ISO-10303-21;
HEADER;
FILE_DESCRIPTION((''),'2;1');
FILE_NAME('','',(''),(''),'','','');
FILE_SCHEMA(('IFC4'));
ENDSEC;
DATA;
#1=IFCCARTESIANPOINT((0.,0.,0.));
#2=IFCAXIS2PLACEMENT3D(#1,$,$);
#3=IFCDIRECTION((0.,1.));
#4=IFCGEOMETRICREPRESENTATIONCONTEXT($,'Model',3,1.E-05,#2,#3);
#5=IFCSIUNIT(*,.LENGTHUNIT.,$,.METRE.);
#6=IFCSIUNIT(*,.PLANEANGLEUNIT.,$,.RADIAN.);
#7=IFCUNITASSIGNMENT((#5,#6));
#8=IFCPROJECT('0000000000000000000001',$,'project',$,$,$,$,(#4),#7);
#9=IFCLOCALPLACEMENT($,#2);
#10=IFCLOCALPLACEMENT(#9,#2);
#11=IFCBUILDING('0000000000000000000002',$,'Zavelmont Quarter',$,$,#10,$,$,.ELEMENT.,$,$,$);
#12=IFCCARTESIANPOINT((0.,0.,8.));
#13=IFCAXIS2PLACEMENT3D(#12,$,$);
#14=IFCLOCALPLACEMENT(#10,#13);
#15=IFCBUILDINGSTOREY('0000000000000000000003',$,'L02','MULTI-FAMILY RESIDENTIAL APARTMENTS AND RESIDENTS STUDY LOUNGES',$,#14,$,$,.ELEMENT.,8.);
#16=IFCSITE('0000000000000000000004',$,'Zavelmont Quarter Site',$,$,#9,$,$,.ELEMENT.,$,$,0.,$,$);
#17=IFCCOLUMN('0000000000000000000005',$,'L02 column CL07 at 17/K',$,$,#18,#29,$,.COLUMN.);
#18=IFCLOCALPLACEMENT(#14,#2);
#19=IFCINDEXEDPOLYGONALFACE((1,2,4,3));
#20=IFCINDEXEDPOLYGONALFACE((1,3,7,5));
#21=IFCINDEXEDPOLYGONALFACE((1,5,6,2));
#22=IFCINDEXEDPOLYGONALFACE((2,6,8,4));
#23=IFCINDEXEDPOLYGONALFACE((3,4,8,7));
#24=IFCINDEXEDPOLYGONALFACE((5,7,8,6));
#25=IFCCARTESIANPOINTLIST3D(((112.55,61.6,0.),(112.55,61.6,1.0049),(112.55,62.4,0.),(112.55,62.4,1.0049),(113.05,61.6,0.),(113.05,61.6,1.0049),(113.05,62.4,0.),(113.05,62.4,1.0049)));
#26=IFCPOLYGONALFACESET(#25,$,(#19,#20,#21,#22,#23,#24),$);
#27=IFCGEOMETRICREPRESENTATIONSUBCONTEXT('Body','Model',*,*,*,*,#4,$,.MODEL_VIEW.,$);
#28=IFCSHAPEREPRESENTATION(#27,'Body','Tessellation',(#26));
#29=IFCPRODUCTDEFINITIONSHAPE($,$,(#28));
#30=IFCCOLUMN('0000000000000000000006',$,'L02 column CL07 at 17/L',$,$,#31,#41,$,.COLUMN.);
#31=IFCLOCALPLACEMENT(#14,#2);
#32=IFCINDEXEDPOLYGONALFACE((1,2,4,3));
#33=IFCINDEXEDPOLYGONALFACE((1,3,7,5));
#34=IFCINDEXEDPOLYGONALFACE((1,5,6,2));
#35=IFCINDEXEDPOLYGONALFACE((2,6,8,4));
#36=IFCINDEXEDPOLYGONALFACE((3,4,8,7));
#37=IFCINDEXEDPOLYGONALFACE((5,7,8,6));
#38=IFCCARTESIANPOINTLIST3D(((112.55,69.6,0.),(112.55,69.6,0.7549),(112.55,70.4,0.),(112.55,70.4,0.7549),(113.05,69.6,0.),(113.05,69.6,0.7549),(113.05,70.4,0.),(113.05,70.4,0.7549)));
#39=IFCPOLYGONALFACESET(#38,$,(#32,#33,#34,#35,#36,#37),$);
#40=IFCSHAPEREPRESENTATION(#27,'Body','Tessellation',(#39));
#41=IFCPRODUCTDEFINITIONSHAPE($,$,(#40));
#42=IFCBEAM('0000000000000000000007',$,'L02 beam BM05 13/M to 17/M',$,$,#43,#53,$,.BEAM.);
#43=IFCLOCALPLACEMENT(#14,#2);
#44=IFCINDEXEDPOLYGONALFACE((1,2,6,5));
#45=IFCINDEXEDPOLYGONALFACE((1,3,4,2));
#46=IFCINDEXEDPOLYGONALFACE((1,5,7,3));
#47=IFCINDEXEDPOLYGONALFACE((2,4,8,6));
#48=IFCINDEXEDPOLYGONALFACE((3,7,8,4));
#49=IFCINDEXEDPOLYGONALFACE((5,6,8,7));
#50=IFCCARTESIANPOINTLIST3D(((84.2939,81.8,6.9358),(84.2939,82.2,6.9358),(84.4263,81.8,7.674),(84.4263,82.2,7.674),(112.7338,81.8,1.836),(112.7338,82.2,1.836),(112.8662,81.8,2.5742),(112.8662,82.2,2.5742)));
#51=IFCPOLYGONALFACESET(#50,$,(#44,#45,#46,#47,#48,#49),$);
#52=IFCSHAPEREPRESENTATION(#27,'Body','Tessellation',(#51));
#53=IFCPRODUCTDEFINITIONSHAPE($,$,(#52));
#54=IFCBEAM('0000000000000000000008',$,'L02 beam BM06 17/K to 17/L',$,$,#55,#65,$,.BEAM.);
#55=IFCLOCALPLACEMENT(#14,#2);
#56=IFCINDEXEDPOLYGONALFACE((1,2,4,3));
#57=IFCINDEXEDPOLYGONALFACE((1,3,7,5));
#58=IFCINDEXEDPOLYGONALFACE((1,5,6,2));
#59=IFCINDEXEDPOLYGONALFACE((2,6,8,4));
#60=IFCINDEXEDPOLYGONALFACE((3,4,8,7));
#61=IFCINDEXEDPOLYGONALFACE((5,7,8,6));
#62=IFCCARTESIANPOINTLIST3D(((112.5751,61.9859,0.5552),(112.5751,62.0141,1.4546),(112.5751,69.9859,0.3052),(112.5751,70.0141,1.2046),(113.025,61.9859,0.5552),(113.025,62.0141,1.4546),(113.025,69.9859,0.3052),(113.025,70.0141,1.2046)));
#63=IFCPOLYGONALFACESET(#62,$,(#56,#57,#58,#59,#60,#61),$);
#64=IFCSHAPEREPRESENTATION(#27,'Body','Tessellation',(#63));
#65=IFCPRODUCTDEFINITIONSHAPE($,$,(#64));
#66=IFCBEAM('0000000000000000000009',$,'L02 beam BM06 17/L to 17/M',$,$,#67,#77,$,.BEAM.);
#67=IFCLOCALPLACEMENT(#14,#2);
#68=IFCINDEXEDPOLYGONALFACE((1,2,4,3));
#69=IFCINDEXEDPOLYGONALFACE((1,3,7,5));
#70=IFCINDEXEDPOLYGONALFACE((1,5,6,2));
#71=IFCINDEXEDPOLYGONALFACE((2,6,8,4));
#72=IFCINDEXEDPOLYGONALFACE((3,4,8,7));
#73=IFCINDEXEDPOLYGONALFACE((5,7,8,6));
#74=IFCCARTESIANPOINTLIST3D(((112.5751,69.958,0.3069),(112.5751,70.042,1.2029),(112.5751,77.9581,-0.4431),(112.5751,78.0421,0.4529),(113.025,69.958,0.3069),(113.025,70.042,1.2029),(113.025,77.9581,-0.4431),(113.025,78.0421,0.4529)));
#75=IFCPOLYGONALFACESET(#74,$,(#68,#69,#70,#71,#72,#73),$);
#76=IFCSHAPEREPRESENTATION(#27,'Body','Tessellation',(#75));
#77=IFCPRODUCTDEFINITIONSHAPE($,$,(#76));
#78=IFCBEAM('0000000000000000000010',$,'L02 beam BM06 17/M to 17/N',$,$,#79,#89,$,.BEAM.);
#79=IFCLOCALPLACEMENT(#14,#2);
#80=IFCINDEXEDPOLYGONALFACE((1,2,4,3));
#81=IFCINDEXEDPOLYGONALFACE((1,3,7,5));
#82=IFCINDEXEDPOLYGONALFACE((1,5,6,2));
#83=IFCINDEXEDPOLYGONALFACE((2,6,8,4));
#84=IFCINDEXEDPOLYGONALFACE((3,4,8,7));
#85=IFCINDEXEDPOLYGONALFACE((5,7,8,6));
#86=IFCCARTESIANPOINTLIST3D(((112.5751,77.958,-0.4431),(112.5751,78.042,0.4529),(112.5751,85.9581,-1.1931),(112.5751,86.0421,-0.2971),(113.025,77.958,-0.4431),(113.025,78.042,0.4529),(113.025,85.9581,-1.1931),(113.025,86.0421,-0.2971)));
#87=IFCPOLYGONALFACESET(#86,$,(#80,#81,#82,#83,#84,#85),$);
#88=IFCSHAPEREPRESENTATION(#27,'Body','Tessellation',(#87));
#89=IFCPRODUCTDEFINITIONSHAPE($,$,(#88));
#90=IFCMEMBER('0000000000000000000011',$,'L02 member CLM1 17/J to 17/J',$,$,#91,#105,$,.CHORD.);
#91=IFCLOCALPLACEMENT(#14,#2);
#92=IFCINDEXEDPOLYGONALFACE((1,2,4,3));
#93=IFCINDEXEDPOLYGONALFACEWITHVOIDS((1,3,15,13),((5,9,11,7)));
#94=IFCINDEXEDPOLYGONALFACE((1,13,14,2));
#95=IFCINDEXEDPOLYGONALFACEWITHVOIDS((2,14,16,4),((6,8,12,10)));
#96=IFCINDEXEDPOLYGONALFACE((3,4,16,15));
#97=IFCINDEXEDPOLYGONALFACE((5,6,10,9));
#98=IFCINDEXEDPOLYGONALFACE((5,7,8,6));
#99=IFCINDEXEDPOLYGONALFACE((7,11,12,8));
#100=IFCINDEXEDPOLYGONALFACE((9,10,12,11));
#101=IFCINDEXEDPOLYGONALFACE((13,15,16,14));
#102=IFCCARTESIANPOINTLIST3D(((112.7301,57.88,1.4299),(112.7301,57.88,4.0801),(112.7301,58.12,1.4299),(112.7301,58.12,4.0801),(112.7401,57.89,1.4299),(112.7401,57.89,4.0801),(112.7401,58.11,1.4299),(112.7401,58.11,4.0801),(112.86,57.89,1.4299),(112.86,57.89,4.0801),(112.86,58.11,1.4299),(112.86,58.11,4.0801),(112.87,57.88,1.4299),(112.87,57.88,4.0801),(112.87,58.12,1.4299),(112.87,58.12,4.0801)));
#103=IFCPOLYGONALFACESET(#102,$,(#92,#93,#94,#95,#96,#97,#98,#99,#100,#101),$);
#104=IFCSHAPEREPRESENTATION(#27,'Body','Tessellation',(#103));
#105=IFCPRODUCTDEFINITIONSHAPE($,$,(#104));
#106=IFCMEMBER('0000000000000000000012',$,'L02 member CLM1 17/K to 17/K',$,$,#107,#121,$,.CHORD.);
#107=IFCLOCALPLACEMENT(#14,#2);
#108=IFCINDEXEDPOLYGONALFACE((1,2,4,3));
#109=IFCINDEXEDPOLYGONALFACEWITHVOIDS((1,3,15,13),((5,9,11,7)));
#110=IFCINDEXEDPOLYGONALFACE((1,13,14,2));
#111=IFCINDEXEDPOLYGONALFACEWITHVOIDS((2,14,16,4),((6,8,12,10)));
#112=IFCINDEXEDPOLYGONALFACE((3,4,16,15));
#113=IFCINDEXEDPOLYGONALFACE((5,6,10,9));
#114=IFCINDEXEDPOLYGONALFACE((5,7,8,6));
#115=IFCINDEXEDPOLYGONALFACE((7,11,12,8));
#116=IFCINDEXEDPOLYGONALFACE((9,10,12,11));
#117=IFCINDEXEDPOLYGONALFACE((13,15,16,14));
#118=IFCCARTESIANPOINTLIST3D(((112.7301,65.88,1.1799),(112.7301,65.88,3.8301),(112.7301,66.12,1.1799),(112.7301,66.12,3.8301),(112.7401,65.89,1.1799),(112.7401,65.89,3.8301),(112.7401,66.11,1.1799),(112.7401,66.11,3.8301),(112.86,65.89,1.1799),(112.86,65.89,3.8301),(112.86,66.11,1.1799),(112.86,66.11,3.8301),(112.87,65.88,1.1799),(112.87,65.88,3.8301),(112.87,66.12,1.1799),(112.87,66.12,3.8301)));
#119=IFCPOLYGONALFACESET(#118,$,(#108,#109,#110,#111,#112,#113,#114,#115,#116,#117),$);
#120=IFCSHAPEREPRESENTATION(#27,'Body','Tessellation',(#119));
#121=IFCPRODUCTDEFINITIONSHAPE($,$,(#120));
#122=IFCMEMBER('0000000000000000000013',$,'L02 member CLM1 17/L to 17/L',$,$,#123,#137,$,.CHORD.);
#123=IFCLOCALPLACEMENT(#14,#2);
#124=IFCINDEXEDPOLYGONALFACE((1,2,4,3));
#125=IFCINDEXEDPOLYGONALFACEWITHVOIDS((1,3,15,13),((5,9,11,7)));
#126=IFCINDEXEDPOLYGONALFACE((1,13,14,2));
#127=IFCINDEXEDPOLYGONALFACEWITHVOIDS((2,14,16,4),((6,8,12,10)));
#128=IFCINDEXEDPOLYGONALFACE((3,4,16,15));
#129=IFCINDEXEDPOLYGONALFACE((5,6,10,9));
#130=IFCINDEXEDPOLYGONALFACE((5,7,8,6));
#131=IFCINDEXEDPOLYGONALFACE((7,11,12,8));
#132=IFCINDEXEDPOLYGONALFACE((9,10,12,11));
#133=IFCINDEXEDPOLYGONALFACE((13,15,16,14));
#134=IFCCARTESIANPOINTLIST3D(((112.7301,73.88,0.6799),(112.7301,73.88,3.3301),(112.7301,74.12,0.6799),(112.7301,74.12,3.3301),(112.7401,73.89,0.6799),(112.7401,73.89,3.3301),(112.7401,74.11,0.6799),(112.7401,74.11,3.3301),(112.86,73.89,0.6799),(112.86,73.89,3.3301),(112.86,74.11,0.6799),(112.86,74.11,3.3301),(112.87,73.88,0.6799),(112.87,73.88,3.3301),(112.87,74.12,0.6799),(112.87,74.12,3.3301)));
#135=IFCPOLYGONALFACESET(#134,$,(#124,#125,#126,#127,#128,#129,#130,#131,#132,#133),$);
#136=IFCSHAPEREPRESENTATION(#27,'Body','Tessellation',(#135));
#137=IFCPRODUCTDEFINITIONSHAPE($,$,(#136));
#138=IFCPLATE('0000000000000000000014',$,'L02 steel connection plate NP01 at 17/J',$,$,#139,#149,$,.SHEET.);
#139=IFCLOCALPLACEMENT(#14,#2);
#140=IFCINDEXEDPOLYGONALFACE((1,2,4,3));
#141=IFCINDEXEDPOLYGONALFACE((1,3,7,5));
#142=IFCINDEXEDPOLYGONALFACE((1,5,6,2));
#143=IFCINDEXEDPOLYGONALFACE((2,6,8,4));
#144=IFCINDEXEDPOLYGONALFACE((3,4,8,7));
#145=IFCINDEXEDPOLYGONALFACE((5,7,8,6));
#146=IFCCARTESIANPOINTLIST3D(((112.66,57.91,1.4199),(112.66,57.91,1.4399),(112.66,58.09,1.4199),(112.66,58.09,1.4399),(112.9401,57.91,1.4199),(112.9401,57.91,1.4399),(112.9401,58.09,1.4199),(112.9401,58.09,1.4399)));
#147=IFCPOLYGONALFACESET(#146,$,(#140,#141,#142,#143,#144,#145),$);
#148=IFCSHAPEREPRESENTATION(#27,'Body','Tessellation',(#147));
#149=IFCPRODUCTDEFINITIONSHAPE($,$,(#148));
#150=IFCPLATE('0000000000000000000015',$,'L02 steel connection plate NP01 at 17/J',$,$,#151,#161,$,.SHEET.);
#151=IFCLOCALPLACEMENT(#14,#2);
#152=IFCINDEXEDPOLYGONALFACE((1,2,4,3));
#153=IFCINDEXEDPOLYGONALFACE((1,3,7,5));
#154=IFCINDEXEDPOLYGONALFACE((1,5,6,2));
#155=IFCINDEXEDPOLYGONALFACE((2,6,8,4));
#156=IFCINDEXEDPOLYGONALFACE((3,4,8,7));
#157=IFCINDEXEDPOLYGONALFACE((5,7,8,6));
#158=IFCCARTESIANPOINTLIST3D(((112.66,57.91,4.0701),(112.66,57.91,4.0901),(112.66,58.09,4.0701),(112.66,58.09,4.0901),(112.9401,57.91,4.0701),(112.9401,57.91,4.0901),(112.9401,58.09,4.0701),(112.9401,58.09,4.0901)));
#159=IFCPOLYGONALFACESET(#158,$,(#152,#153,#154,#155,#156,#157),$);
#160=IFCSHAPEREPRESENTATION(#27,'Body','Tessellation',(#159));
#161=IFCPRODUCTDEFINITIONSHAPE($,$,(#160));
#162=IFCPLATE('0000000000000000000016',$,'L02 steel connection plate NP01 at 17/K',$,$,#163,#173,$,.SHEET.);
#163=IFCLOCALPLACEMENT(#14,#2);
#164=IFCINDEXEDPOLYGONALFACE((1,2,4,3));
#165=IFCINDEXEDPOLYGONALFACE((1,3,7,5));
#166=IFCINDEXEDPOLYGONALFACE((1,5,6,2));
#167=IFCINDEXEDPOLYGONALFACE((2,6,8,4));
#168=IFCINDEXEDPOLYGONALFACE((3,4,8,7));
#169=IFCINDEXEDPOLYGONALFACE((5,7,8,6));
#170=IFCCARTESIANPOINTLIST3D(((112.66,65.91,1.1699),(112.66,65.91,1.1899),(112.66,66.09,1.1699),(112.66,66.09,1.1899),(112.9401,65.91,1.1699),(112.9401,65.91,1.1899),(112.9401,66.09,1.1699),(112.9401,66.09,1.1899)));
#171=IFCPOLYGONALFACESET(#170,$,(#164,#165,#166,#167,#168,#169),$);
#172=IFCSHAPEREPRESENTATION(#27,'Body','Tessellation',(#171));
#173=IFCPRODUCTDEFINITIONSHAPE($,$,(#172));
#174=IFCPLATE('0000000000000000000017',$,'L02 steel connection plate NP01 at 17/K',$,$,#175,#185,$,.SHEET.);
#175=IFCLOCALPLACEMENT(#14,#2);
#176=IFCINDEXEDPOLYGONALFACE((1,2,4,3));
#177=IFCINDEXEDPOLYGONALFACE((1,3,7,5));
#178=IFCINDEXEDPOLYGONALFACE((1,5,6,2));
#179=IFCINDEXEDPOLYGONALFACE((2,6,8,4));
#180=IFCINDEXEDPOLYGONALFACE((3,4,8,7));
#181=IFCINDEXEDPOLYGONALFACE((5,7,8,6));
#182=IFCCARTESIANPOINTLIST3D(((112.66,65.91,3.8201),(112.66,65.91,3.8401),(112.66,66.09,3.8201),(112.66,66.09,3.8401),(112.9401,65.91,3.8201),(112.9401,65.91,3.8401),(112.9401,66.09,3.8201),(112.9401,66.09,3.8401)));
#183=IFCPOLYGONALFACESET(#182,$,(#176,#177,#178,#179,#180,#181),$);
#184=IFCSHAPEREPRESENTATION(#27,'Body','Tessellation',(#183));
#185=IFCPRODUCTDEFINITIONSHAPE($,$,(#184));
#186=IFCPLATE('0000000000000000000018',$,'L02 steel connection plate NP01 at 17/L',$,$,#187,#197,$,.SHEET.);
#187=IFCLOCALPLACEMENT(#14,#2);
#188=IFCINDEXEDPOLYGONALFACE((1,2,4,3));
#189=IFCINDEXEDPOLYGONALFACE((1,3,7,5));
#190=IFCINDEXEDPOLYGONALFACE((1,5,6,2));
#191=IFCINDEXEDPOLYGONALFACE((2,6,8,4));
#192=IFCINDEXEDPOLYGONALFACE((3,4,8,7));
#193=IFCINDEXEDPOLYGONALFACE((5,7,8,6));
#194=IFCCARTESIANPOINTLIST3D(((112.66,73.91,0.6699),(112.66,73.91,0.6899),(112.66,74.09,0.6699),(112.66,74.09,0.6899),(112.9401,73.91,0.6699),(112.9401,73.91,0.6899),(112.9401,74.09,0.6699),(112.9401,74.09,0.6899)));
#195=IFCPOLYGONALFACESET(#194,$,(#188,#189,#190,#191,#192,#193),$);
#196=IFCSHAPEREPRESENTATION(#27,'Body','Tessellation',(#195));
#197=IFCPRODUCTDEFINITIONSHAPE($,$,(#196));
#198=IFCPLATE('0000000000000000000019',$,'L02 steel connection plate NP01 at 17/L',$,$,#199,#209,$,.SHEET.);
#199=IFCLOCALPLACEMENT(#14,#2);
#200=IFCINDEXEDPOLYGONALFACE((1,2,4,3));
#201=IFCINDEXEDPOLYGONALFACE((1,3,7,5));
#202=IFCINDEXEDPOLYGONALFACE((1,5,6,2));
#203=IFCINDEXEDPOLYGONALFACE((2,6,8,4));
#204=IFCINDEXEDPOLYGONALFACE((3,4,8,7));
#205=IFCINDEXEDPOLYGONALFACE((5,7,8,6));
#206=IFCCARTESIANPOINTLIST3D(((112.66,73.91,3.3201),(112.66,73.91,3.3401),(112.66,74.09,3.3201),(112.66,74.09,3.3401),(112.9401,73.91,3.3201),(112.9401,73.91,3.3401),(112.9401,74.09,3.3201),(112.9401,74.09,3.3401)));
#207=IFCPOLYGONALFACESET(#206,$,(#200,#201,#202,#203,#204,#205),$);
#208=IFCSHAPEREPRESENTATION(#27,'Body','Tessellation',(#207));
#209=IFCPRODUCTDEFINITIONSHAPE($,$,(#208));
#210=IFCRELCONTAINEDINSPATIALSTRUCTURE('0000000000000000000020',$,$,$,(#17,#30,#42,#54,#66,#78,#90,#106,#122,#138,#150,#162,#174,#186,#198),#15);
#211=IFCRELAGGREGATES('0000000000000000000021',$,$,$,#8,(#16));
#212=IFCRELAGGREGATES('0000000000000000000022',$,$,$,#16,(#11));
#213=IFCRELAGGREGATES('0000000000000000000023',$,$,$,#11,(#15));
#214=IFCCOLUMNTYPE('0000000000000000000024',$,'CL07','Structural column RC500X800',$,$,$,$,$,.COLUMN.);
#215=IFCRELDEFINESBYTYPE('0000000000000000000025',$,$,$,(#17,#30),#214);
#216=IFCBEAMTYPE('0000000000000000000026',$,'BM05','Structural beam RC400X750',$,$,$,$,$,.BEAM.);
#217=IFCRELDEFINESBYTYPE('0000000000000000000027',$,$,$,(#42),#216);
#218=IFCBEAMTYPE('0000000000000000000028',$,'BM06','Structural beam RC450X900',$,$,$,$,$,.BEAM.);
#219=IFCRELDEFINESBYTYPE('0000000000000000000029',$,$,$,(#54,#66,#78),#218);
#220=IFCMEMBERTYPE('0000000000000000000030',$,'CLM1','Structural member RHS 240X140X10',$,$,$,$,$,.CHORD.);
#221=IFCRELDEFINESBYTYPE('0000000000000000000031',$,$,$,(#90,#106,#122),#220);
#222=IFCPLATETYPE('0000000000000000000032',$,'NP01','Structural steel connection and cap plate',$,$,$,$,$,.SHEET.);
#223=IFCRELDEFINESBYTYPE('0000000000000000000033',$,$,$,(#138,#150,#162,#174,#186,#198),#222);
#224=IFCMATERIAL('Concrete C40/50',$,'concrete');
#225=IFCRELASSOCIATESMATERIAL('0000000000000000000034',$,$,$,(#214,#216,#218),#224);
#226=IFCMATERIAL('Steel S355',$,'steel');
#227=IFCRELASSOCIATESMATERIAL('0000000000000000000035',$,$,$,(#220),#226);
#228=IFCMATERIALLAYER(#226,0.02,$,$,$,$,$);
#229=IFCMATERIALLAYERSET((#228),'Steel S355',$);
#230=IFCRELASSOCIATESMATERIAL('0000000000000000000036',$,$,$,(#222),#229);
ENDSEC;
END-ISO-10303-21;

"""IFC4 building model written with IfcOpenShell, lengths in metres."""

from ifc_helpers import new_model, si_unit, direction, frame, origin, origin_2d, place, context, subcontext, project, spatial, rectangle, hollow_rectangle, extrude, material, layer, layer_set, material_profile, profile_set, type_object, element, save


model = new_model("IFC4")

# Units and contexts
model_context = context("Model", 3, precision=1e-05, world=origin(), true_north=direction((0.0, 1.0)))
body_context = subcontext(model_context, "Body", "Model", "MODEL_VIEW")
ifc_project = project(units=[si_unit("LENGTHUNIT", "METRE"), si_unit("PLANEANGLEUNIT", "RADIAN")], contexts=[model_context])

# Site, building, storey
site_placement = place(None, origin())
site = spatial("IfcSite", under=ifc_project, at=site_placement, Name="Zavelmont Quarter Site", CompositionType="ELEMENT", RefElevation=0.0)
building_placement = place(site_placement, origin())
building = spatial("IfcBuilding", under=site, at=building_placement, Name="Zavelmont Quarter", CompositionType="ELEMENT")
storey_placement = place(building_placement, frame((0.0, 0.0, 8.0)))
storey = spatial("IfcBuildingStorey", under=building, at=storey_placement, Name="L02", Description="MULTI-FAMILY RESIDENTIAL APARTMENTS AND RESIDENTS STUDY LOUNGES", CompositionType="ELEMENT", Elevation=8.0)

# Columns
ifc_material_1 = material(Name="Concrete C40/50", Category="concrete")
ifc_material_profile_1 = material_profile(ifc_material_1, rectangle(XDim=0.5, YDim=0.8, at=origin_2d()), Name="RC500X800")
ifc_profile_set_1 = profile_set([ifc_material_profile_1], Name="Concrete C40/50")
column_type = type_object("IfcColumnType", Name="CL07", Description="Structural column RC500X800", PredefinedType="COLUMN", material=ifc_profile_set_1)
column_1_placement = place(storey_placement, frame((112.8, 62.0, 0.0), z_axis=(0.0, 0.0, 1.0), x_axis=(1.0, 0.0, 0.0)))
element("IfcColumn", 1, at=column_1_placement, inside=storey, type_object=column_type, Name="L02 column CL07 at 17/K", PredefinedType="COLUMN", context=body_context, shape_type="SweptSolid", body=[
    extrude(rectangle(XDim=0.5, YDim=0.8, at=origin_2d()), origin(), (0.0, 0.0, 1.0), 1.0049),
])
column_2_placement = place(storey_placement, frame((112.8, 70.0, 0.0), z_axis=(0.0, 0.0, 1.0), x_axis=(1.0, 0.0, 0.0)))
element("IfcColumn", 2, at=column_2_placement, inside=storey, type_object=column_type, Name="L02 column CL07 at 17/L", PredefinedType="COLUMN", context=body_context, shape_type="SweptSolid", body=[
    extrude(rectangle(XDim=0.5, YDim=0.8, at=origin_2d()), origin(), (0.0, 0.0, 1.0), 0.7549),
])

# Beams
ifc_material_profile_2 = material_profile(ifc_material_1, rectangle(XDim=0.3999, YDim=0.75, at=origin_2d()), Name="RC400X750")
ifc_profile_set_2 = profile_set([ifc_material_profile_2], Name="Concrete C40/50")
beam_type_1 = type_object("IfcBeamType", Name="BM05", Description="Structural beam RC400X750", PredefinedType="BEAM", material=ifc_profile_set_2)
beam_1_placement = place(storey_placement, frame((84.3601, 82.0, 7.3049), z_axis=(0.9843, 0.0, -0.176505), x_axis=(0.0, 1.0, 0.0)))
element("IfcBeam", 3, at=beam_1_placement, inside=storey, type_object=beam_type_1, Name="L02 beam BM05 13/M to 17/M", PredefinedType="BEAM", context=body_context, shape_type="SweptSolid", body=[
    extrude(rectangle(XDim=0.3999, YDim=0.75, at=origin_2d()), origin(), (0.0, 0.0, 1.0), 28.8936),
])
ifc_material_profile_3 = material_profile(ifc_material_1, rectangle(XDim=0.45, YDim=0.8999, at=origin_2d()), Name="RC450X900")
ifc_profile_set_3 = profile_set([ifc_material_profile_3], Name="Concrete C40/50")
beam_type_2 = type_object("IfcBeamType", Name="BM06", Description="Structural beam RC450X900", PredefinedType="BEAM", material=ifc_profile_set_3)
beam_2_placement = place(storey_placement, frame((112.8, 62.0, 1.0049), z_axis=(0.0, 0.999512, -0.031235), x_axis=(-1.0, 0.0, 0.0)))
element("IfcBeam", 4, at=beam_2_placement, inside=storey, type_object=beam_type_2, Name="L02 beam BM06 17/K to 17/L", PredefinedType="BEAM", context=body_context, shape_type="SweptSolid", body=[
    extrude(rectangle(XDim=0.45, YDim=0.8999, at=origin_2d()), origin(), (0.0, 0.0, 1.0), 8.0039),
])
for number, where, z_axis, x_axis, name in (
    (5, (112.8, 70.0, 0.7549), (0.0, 0.995634, -0.093341), (-1.0, 0.0, 0.0), "L02 beam BM06 17/L to 17/M"),
    (6, (112.8, 78.0, 0.0049), (0.0, 0.995634, -0.093341), (-1.0, 0.0, 0.0), "L02 beam BM06 17/M to 17/N"),
):
    element("IfcBeam", number, at=place(storey_placement, frame(where, z_axis=z_axis, x_axis=x_axis)), inside=storey, type_object=beam_type_2, Name=name, PredefinedType="BEAM", context=body_context, shape_type="SweptSolid", body=[
        extrude(rectangle(XDim=0.45, YDim=0.8999, at=origin_2d()), origin(), (0.0, 0.0, 1.0), 8.0352),
    ])

# Members
ifc_material_2 = material(Name="Steel S355", Category="steel")
ifc_material_profile_4 = material_profile(ifc_material_2, hollow_rectangle(XDim=0.1399, YDim=0.24, WallThickness=0.01, at=origin_2d()), Name="RHS 240X140X10")
ifc_profile_set_4 = profile_set([ifc_material_profile_4], Name="Steel S355")
member_type = type_object("IfcMemberType", Name="CLM1", Description="Structural member RHS 240X140X10", PredefinedType="CHORD", material=ifc_profile_set_4)
for number, where, z_axis, x_axis, name in (
    (7, (112.8, 58.0, 1.4299), (0.0, 0.0, 1.0), (1.0, 0.0, 0.0), "L02 member CLM1 17/J to 17/J"),
    (8, (112.8, 66.0, 1.1799), (0.0, 0.0, 1.0), (1.0, 0.0, 0.0), "L02 member CLM1 17/K to 17/K"),
    (9, (112.8, 74.0, 0.6799), (0.0, 0.0, 1.0), (1.0, 0.0, 0.0), "L02 member CLM1 17/L to 17/L"),
):
    element("IfcMember", number, at=place(storey_placement, frame(where, z_axis=z_axis, x_axis=x_axis)), inside=storey, type_object=member_type, Name=name, PredefinedType="CHORD", context=body_context, shape_type="SweptSolid", body=[
        extrude(hollow_rectangle(XDim=0.1399, YDim=0.24, WallThickness=0.01, at=origin_2d()), origin(), (0.0, 0.0, 1.0), 2.6501),
    ])

# Plates
ifc_layer = layer(ifc_material_2, 0.02)
ifc_layer_set = layer_set([ifc_layer], Name="Steel S355")
plate_type = type_object("IfcPlateType", Name="NP01", Description="Structural steel connection and cap plate", PredefinedType="SHEET", material=ifc_layer_set)
for number, where, z_axis, x_axis, name in (
    (10, (112.8, 58.0, 1.4199), (0.0, 0.0, 1.0), (1.0, 0.0, 0.0), "L02 steel connection plate NP01 at 17/J"),
    (11, (112.8, 58.0, 4.0701), (0.0, 0.0, 1.0), (1.0, 0.0, 0.0), "L02 steel connection plate NP01 at 17/J"),
    (12, (112.8, 66.0, 1.1699), (0.0, 0.0, 1.0), (1.0, 0.0, 0.0), "L02 steel connection plate NP01 at 17/K"),
    (13, (112.8, 66.0, 3.8201), (0.0, 0.0, 1.0), (1.0, 0.0, 0.0), "L02 steel connection plate NP01 at 17/K"),
    (14, (112.8, 74.0, 0.6699), (0.0, 0.0, 1.0), (1.0, 0.0, 0.0), "L02 steel connection plate NP01 at 17/L"),
    (15, (112.8, 74.0, 3.3201), (0.0, 0.0, 1.0), (1.0, 0.0, 0.0), "L02 steel connection plate NP01 at 17/L"),
):
    element("IfcPlate", number, at=place(storey_placement, frame(where, z_axis=z_axis, x_axis=x_axis)), inside=storey, type_object=plate_type, Name=name, PredefinedType="SHEET", context=body_context, shape_type="SweptSolid", body=[
        extrude(rectangle(XDim=0.28, YDim=0.1799, at=origin_2d()), origin(), (0.0, 0.0, 1.0), 0.02),
    ])

save(model, "model.ifc")
